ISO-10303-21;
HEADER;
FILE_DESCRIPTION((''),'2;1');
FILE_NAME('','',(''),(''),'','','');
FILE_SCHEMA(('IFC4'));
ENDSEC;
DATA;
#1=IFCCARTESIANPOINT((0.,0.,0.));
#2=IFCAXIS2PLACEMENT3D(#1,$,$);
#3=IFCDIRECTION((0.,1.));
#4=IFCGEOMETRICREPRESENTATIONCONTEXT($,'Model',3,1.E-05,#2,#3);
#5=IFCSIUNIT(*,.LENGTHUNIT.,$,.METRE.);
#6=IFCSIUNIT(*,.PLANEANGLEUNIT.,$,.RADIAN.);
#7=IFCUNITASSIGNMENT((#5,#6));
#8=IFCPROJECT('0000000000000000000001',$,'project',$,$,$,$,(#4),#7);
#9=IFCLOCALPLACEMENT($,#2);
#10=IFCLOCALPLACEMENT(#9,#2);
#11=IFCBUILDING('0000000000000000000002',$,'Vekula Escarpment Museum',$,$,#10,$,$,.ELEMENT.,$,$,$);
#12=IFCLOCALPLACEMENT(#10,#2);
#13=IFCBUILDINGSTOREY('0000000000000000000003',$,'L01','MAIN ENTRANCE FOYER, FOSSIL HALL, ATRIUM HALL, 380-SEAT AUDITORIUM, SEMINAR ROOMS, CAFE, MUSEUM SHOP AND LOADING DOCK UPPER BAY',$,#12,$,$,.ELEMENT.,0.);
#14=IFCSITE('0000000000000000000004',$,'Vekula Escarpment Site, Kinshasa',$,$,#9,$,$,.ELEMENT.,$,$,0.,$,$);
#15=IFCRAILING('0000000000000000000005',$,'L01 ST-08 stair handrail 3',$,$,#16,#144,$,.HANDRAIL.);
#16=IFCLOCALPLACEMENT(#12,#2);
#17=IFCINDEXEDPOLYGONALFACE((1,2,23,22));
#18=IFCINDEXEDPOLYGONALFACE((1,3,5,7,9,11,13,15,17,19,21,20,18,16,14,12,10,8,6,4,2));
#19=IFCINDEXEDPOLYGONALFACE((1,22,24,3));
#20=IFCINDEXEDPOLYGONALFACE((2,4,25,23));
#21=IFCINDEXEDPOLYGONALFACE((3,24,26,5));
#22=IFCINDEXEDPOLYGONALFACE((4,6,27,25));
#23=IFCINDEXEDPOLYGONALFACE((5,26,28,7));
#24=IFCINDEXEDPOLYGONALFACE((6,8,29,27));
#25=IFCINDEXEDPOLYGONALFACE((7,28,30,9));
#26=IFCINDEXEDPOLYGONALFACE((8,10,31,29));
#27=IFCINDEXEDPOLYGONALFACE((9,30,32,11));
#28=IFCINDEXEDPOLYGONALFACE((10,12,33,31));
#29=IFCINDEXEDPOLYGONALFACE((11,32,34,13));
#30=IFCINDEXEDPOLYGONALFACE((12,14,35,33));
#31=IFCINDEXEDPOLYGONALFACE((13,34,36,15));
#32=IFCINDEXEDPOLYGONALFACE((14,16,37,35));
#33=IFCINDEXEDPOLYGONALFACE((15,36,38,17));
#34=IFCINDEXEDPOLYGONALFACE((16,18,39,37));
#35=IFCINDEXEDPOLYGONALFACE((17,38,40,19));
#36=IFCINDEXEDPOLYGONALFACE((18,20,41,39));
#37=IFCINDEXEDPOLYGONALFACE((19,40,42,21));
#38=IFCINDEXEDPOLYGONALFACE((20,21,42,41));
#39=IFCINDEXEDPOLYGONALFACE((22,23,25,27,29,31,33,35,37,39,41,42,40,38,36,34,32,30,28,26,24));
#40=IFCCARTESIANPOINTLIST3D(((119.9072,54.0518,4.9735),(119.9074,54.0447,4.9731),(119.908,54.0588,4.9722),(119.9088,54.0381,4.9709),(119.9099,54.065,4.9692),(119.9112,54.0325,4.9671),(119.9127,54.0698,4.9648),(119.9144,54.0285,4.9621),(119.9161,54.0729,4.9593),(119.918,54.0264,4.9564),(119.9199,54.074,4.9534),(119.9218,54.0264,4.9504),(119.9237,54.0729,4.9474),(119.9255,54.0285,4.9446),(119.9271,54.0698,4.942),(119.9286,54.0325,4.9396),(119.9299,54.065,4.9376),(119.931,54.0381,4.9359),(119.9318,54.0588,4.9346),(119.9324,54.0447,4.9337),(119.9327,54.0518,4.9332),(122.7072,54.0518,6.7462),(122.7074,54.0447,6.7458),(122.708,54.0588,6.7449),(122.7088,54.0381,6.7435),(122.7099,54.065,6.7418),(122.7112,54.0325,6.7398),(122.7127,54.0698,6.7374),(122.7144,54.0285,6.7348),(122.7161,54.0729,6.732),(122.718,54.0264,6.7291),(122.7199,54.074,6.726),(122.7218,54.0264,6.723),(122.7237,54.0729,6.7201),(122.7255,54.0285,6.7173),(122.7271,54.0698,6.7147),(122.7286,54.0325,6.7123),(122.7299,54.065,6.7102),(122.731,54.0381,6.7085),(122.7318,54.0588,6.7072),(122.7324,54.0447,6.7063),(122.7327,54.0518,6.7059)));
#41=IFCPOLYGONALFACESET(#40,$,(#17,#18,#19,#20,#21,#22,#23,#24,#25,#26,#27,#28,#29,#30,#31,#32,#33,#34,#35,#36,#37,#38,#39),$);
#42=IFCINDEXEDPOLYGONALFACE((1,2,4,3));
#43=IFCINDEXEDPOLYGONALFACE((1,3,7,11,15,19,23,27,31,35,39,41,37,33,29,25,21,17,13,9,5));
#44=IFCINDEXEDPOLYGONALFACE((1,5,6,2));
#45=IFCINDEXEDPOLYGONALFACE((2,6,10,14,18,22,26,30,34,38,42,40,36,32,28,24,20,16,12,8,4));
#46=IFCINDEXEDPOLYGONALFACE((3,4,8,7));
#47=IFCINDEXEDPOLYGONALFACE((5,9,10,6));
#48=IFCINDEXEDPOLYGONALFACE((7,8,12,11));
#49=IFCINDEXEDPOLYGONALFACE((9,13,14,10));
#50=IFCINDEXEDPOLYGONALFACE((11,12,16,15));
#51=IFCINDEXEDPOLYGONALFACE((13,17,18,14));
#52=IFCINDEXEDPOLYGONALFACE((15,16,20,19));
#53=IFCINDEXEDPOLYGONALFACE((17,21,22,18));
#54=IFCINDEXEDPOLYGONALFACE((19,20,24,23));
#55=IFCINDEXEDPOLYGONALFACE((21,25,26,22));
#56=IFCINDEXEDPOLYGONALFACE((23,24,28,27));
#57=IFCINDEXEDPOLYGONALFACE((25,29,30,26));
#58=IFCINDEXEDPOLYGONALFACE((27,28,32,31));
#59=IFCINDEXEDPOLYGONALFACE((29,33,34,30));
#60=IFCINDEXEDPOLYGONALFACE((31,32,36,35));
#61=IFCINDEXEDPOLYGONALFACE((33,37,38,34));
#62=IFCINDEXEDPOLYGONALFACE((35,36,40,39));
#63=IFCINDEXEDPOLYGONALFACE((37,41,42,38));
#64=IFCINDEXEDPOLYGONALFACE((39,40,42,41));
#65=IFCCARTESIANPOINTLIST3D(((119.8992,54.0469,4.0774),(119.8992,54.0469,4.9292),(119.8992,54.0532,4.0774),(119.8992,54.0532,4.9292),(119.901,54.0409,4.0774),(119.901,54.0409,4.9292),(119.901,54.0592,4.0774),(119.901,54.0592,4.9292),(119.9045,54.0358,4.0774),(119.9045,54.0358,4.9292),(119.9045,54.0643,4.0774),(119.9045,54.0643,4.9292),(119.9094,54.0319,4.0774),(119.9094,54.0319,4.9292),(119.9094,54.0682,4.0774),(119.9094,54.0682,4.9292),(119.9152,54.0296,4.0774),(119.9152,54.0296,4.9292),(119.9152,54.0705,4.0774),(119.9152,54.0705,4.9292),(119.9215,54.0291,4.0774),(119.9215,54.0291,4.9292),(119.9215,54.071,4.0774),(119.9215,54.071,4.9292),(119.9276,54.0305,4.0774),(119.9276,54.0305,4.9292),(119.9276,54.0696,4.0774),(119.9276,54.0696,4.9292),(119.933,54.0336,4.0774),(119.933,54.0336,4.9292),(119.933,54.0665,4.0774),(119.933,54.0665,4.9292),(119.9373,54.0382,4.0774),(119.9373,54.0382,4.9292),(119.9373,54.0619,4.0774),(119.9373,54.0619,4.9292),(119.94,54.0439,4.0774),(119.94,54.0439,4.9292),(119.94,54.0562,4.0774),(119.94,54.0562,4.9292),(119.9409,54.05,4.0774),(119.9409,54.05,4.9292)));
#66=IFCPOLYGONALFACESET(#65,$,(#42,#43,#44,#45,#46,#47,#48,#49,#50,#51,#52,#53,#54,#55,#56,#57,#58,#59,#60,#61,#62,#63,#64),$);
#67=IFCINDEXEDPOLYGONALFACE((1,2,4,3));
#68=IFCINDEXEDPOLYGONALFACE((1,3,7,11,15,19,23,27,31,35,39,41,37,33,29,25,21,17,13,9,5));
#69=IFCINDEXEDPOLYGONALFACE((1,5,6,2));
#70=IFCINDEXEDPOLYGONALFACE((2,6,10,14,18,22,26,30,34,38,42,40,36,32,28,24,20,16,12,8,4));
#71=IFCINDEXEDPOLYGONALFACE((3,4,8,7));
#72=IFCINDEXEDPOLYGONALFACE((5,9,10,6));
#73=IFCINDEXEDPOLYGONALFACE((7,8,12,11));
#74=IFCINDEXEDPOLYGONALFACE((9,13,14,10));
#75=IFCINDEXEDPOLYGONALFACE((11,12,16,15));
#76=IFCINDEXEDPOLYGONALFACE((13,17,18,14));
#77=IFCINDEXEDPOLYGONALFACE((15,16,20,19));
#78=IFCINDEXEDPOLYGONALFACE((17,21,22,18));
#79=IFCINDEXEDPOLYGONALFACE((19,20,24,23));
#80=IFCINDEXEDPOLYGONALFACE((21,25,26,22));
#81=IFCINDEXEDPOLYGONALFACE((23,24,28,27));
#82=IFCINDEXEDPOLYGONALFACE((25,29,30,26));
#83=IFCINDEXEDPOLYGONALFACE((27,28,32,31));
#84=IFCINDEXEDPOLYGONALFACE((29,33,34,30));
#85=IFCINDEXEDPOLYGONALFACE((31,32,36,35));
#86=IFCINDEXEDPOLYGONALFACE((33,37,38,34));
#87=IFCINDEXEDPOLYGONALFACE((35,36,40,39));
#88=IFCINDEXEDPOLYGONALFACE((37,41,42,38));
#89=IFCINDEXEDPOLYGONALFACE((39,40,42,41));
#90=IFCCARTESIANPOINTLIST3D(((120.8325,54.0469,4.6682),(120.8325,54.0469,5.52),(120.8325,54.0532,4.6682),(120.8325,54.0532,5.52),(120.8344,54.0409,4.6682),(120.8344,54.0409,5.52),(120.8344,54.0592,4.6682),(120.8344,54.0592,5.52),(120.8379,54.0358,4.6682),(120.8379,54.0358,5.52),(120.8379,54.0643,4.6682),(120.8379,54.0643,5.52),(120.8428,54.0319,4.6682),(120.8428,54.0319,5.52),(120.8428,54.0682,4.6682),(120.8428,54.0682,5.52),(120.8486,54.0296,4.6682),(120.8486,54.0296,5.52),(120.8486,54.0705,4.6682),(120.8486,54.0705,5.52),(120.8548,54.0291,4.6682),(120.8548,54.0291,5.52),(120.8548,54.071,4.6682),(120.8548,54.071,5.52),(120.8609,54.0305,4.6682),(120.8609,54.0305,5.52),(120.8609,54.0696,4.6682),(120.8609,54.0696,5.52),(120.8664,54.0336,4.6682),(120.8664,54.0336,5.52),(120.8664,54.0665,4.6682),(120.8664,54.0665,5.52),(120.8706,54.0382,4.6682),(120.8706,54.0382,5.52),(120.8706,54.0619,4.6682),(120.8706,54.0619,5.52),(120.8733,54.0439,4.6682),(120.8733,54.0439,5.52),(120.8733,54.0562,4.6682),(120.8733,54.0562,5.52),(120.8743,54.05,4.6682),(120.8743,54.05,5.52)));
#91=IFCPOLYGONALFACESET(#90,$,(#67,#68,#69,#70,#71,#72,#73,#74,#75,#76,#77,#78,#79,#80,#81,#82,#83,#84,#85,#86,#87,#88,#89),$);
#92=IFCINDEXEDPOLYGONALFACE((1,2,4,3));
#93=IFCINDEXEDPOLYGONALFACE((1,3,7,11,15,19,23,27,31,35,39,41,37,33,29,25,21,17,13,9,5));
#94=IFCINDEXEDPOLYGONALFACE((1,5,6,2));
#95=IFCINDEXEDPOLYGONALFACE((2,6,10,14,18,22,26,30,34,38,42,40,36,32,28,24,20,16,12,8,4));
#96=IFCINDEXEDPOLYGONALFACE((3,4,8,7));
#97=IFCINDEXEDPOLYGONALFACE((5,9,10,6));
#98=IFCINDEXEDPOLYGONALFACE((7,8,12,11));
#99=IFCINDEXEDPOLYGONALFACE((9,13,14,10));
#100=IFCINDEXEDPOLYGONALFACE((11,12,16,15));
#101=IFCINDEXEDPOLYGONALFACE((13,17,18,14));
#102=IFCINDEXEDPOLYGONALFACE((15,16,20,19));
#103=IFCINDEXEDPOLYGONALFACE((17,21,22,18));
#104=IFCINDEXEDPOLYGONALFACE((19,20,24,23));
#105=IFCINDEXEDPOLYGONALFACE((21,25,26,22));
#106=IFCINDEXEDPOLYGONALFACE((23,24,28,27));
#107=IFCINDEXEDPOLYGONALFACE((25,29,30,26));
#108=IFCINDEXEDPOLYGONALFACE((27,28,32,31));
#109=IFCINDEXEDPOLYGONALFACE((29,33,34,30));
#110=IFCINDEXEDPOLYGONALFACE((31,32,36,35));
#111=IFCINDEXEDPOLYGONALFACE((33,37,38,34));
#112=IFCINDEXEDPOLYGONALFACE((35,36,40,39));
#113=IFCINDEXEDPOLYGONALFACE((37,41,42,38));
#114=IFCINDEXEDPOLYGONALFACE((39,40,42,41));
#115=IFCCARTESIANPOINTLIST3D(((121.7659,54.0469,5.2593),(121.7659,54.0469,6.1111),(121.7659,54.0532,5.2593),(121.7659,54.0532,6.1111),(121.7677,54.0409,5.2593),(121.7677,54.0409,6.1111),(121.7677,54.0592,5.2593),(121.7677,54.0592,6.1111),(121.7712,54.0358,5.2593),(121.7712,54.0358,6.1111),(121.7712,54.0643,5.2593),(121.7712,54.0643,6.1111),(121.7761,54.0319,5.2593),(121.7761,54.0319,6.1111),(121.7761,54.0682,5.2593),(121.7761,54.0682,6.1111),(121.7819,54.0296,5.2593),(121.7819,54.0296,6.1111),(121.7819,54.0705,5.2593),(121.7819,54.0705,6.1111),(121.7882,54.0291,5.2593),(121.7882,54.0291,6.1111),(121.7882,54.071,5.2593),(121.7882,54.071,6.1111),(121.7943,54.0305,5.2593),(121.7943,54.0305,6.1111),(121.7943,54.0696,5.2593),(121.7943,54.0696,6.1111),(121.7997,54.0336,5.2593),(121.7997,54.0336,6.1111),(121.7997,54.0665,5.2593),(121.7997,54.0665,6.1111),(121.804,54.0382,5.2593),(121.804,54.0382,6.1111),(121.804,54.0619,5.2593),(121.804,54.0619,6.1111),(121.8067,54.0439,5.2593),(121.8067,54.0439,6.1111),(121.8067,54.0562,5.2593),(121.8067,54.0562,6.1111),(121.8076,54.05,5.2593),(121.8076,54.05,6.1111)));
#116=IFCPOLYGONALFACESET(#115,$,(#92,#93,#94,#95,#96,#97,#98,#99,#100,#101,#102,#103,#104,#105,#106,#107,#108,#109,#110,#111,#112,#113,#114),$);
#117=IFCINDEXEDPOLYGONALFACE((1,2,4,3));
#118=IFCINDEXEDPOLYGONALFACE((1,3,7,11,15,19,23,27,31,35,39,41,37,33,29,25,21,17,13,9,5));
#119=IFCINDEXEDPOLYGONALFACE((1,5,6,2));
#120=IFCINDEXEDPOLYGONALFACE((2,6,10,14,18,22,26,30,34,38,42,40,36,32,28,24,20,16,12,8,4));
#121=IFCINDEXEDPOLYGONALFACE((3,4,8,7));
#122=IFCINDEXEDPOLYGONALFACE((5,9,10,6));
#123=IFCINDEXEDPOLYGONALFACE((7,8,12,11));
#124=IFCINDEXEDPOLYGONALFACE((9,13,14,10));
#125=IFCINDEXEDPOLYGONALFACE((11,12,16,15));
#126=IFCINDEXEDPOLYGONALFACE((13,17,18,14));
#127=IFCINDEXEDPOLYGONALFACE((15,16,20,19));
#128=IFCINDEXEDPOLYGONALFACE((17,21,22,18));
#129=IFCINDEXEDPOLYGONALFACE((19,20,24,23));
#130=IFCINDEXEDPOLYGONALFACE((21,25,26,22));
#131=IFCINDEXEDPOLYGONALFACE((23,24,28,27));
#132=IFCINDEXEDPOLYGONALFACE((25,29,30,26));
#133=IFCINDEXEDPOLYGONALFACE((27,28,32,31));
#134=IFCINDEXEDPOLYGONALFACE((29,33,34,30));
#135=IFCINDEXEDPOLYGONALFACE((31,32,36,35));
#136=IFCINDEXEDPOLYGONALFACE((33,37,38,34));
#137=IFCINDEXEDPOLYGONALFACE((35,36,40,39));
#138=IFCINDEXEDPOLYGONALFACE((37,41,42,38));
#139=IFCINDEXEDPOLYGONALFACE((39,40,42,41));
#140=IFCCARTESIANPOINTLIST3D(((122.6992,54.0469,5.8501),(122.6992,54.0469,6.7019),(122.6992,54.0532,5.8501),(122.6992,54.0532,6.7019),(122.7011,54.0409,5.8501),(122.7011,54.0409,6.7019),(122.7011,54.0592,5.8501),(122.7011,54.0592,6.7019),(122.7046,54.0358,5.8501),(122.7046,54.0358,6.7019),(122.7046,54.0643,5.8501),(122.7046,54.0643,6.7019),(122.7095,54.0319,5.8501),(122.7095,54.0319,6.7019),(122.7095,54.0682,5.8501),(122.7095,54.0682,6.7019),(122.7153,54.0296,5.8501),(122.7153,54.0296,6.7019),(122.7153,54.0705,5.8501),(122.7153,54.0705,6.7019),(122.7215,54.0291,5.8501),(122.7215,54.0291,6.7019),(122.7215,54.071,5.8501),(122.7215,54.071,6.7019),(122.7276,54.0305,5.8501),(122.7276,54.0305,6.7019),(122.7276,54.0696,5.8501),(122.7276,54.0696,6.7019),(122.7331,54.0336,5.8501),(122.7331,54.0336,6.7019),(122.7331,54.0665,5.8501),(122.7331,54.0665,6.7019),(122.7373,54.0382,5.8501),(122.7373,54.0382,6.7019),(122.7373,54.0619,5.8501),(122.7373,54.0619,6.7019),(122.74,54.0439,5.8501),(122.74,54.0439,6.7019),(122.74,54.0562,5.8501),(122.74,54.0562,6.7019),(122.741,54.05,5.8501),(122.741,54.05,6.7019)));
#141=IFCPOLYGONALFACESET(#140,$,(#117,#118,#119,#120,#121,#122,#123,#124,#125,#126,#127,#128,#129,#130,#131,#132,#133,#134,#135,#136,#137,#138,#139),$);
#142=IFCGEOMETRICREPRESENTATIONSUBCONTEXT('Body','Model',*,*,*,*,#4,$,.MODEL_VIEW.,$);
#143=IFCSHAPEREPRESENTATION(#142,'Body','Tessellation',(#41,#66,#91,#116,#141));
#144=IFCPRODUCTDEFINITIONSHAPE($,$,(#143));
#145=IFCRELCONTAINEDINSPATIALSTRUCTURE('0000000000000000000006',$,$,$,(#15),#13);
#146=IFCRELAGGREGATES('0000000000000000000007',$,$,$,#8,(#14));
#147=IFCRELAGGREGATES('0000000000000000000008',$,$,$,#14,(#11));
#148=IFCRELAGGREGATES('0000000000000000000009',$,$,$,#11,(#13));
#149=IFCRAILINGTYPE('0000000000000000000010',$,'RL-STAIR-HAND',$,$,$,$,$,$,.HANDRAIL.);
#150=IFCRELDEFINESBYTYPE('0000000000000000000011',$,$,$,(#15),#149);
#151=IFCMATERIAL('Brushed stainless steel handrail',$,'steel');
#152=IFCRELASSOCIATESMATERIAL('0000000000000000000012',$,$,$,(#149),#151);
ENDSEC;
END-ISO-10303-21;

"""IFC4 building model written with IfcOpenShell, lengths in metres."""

from ifc_helpers import new_model, si_unit, direction, frame, origin, origin_2d, place, context, subcontext, project, spatial, circle, extrude, material, type_object, element, save


model = new_model("IFC4")

# Units and contexts
model_context = context("Model", 3, precision=1e-05, world=origin(), true_north=direction((0.0, 1.0)))
body_context = subcontext(model_context, "Body", "Model", "MODEL_VIEW")
ifc_project = project(units=[si_unit("LENGTHUNIT", "METRE"), si_unit("PLANEANGLEUNIT", "RADIAN")], contexts=[model_context])

# Site, building, storey
site_placement = place(None, origin())
site = spatial("IfcSite", under=ifc_project, at=site_placement, Name="Vekula Escarpment Site, Kinshasa", CompositionType="ELEMENT", RefElevation=0.0)
building_placement = place(site_placement, origin())
building = spatial("IfcBuilding", under=site, at=building_placement, Name="Vekula Escarpment Museum", CompositionType="ELEMENT")
storey_placement = place(building_placement, origin())
storey = spatial("IfcBuildingStorey", under=building, at=storey_placement, Name="L01", Description="MAIN ENTRANCE FOYER, FOSSIL HALL, ATRIUM HALL, 380-SEAT AUDITORIUM, SEMINAR ROOMS, CAFE, MUSEUM SHOP AND LOADING DOCK UPPER BAY", CompositionType="ELEMENT", Elevation=0.0)

# Railing
ifc_material_1 = material(Name="Brushed stainless steel handrail", Category="steel")
railing_type_1 = type_object("IfcRailingType", Name="RL-STAIR-HAND", PredefinedType="HANDRAIL", material=ifc_material_1)
for number, where, name in (
    (1, (119.9199, 54.05, 4.0774), "L01 ST-08 stair handrail 3"),
):
    element("IfcRailing", number, at=place(storey_placement, frame(where)), inside=storey, type_object=railing_type_1, Name=name, PredefinedType="HANDRAIL", context=body_context, shape_type="SweptSolid", body=[
        extrude(circle(Radius=0.0239, at=origin_2d()), frame((0.0, 0.0, 0.876), z_axis=(0.844909, 0.0, 0.53491), x_axis=(0.0, 1.0, 0.0)), (0.0, 0.0, 1.0), 3.314),
        extrude(circle(Radius=0.021, at=origin_2d()), origin(), (0.0, 0.0, 1.0), 0.8518),
        extrude(circle(Radius=0.021, at=origin_2d()), frame((0.9333, 0.0, 0.5908)), (0.0, 0.0, 1.0), 0.8518),
        extrude(circle(Radius=0.021, at=origin_2d()), frame((1.8667, 0.0, 1.1819)), (0.0, 0.0, 1.0), 0.8518),
        extrude(circle(Radius=0.021, at=origin_2d()), frame((2.8, 0.0, 1.7727)), (0.0, 0.0, 1.0), 0.8518),
    ])

save(model, "model.ifc")
